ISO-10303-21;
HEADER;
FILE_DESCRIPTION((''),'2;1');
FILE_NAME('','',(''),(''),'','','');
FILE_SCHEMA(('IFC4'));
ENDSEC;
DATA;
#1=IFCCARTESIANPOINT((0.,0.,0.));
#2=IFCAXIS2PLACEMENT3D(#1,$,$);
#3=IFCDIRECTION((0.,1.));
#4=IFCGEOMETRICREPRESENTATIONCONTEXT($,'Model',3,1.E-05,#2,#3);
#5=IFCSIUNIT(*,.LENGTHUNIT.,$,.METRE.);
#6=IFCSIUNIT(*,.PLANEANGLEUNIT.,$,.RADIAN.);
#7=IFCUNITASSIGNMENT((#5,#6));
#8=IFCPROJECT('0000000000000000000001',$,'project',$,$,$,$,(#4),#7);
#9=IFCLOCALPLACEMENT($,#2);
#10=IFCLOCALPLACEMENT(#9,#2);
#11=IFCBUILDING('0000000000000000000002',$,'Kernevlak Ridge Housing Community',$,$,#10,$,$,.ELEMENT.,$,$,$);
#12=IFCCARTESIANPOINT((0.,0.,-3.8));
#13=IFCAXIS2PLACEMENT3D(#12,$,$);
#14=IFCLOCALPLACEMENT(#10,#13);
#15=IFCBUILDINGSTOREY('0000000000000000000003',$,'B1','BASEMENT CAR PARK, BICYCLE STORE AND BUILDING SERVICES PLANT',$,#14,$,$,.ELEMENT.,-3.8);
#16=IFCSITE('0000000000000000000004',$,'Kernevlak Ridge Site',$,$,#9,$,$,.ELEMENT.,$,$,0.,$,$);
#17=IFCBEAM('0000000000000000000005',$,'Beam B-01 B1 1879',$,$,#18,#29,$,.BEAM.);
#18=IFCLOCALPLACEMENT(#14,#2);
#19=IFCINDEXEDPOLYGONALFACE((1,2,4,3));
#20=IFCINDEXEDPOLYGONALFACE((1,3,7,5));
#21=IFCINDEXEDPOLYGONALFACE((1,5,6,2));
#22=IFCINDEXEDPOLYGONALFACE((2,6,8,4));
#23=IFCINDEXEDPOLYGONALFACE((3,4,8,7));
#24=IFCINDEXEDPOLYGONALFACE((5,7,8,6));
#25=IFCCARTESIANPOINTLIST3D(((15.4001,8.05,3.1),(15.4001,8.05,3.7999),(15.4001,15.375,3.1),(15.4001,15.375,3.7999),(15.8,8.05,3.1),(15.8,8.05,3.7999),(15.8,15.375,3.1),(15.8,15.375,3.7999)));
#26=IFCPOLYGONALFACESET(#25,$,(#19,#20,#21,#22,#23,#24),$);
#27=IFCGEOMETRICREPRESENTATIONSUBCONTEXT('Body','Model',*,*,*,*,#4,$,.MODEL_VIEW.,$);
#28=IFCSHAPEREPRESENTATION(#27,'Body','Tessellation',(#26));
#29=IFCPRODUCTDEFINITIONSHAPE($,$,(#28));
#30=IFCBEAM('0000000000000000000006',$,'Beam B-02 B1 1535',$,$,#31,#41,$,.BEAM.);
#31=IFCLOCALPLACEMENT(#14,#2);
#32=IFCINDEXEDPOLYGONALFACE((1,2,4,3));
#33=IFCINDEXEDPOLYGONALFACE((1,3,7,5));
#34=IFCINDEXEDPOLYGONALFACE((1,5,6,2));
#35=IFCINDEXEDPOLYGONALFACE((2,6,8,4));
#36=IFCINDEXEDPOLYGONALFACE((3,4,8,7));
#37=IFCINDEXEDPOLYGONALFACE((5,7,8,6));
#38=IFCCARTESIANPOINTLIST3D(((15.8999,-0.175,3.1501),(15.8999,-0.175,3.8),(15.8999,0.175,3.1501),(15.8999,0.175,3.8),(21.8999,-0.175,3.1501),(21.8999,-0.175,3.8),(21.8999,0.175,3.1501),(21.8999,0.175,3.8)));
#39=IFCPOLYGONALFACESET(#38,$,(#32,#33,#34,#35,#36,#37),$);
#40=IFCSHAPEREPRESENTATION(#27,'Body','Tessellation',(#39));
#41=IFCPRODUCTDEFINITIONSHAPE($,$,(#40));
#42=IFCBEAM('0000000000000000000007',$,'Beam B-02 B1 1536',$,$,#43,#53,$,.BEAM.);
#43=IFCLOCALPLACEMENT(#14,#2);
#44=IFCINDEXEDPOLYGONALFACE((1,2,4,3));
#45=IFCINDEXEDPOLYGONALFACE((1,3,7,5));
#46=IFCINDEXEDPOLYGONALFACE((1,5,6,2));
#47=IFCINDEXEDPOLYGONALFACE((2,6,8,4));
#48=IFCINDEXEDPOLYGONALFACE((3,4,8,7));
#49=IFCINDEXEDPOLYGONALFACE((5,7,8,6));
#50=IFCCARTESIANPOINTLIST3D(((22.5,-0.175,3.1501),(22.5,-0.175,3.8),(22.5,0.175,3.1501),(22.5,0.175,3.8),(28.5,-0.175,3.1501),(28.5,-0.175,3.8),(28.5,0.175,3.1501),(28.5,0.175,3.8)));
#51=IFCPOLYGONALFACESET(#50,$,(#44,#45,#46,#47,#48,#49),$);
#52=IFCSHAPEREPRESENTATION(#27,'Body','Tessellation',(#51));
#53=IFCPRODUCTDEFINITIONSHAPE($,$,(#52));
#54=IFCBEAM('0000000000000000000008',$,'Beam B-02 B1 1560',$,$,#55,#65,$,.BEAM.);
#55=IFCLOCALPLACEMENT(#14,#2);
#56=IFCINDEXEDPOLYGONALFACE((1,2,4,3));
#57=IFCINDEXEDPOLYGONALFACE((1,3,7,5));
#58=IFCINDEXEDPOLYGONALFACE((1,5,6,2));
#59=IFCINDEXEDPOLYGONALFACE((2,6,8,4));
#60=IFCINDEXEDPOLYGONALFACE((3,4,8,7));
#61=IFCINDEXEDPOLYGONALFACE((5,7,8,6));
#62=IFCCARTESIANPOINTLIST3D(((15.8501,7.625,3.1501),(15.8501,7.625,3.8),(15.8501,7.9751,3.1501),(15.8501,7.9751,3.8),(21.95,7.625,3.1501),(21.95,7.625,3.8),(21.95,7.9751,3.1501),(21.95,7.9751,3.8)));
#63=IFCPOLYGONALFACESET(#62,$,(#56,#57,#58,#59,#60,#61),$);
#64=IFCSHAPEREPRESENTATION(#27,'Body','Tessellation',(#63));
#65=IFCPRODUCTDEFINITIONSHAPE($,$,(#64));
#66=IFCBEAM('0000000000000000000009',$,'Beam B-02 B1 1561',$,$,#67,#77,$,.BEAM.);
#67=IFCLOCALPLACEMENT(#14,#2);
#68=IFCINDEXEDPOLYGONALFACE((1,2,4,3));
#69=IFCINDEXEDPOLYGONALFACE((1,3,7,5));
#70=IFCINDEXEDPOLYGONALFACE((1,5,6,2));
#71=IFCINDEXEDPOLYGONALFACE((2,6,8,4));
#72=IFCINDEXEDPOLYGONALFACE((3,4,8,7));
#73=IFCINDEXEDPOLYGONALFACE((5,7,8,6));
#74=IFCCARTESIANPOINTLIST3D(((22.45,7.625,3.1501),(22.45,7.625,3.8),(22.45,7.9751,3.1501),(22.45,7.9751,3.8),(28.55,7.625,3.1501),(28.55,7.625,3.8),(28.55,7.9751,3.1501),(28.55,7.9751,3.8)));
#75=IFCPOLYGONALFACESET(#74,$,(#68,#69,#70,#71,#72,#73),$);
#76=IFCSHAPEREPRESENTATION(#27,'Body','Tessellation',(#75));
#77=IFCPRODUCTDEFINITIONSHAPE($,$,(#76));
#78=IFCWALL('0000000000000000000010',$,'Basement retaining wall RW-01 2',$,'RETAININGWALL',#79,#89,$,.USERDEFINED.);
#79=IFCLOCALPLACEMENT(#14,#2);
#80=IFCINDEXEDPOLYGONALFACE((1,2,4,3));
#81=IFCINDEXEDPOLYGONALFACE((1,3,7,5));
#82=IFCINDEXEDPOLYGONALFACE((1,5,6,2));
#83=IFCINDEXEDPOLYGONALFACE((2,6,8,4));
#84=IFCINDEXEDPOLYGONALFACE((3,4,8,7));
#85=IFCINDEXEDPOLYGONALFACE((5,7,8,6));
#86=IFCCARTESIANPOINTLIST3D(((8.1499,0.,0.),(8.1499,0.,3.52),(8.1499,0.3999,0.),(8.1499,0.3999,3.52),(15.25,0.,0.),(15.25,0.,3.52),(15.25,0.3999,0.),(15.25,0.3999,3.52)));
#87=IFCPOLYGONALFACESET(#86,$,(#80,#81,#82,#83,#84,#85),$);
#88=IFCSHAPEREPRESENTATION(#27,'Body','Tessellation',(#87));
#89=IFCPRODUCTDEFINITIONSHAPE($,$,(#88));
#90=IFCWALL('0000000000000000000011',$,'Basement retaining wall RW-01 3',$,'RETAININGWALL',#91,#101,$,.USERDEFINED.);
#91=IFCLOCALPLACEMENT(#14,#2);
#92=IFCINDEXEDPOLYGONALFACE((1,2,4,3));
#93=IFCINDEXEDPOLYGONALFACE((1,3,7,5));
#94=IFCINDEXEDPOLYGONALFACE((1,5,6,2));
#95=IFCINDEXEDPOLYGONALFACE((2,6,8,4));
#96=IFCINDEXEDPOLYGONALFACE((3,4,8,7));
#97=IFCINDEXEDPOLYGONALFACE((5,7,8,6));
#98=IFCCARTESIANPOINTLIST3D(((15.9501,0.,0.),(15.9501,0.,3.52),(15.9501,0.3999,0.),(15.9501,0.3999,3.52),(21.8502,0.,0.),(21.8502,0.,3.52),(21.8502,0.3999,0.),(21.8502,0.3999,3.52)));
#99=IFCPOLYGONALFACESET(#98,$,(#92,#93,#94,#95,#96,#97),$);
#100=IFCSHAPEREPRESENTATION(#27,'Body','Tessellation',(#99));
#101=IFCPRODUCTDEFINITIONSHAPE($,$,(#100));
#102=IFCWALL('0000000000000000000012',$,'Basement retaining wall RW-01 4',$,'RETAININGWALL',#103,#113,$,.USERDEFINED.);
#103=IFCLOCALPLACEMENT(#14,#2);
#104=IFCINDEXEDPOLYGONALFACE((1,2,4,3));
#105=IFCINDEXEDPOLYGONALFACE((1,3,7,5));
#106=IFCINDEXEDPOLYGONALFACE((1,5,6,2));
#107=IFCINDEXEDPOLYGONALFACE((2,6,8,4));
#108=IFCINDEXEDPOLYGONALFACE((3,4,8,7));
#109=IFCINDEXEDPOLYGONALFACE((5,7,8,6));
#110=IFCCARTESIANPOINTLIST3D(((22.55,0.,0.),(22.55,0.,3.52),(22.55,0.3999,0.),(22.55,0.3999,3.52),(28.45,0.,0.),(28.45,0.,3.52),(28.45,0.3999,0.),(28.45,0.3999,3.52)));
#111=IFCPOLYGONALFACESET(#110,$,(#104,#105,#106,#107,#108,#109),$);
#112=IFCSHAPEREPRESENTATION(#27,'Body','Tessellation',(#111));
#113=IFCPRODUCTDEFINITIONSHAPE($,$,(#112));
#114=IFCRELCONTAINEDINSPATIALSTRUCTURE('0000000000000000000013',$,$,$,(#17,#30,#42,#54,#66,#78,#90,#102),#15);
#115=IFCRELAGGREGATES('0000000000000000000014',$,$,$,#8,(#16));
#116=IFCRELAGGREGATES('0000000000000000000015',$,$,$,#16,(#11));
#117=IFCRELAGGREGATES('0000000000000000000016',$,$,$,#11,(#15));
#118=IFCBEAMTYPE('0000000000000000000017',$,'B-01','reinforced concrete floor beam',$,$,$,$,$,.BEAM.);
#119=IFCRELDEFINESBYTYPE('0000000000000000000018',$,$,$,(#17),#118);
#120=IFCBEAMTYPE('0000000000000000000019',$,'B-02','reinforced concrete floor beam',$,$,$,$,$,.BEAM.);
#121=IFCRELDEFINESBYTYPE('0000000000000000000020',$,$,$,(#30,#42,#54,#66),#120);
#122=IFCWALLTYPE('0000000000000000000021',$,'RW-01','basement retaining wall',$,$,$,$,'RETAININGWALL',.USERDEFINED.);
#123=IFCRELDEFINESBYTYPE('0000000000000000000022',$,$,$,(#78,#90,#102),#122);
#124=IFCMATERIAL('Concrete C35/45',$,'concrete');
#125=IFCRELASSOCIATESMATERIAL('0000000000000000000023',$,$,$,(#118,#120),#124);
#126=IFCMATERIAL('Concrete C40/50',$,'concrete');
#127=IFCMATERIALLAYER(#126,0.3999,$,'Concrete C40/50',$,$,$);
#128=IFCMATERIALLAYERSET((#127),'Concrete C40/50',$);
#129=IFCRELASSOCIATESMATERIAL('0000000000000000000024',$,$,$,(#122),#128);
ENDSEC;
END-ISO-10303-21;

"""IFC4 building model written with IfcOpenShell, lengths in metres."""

from ifc_helpers import new_model, si_unit, direction, frame, frame_2d, origin, origin_2d, place, context, subcontext, project, spatial, rectangle, extrude, material, layer, layer_set, material_profile, profile_set, type_object, element, save


model = new_model("IFC4")

# Units and contexts
model_context = context("Model", 3, precision=1e-05, world=origin(), true_north=direction((0.0, 1.0)))
body_context = subcontext(model_context, "Body", "Model", "MODEL_VIEW")
ifc_project = project(units=[si_unit("LENGTHUNIT", "METRE"), si_unit("PLANEANGLEUNIT", "RADIAN")], contexts=[model_context])

# Site, building, storey
site_placement = place(None, origin())
site = spatial("IfcSite", under=ifc_project, at=site_placement, Name="Kernevlak Ridge Site", CompositionType="ELEMENT", RefElevation=0.0)
building_placement = place(site_placement, origin())
building = spatial("IfcBuilding", under=site, at=building_placement, Name="Kernevlak Ridge Housing Community", CompositionType="ELEMENT")
storey_placement = place(building_placement, frame((0.0, 0.0, -3.8)))
storey = spatial("IfcBuildingStorey", under=building, at=storey_placement, Name="B1", Description="BASEMENT CAR PARK, BICYCLE STORE AND BUILDING SERVICES PLANT", CompositionType="ELEMENT", Elevation=-3.8)

# Shared definitions
ifc_material_1 = material(Name="Concrete C35/45", Category="concrete")

# Shared definitions
ifc_material_2 = material(Name="Concrete C40/50", Category="concrete")

# Beams
ifc_material_profile_1 = material_profile(ifc_material_1, rectangle(XDim=0.3999, YDim=0.7, at=origin_2d()), Name="RC 400x700")
ifc_profile_set_1 = profile_set([ifc_material_profile_1], Name="Concrete C35/45")
beam_type_1 = type_object("IfcBeamType", Name="B-01", Description="reinforced concrete floor beam", PredefinedType="BEAM", material=ifc_profile_set_1)
beam_1_placement = place(storey_placement, frame((15.6001, 8.05, 3.45), z_axis=(0.0, 1.0, 0.0), x_axis=(-1.0, 0.0, 0.0)))
element("IfcBeam", 1, at=beam_1_placement, inside=storey, type_object=beam_type_1, Name="Beam B-01 B1 1879", PredefinedType="BEAM", context=body_context, shape_type="SweptSolid", body=[
    extrude(rectangle(XDim=0.3999, YDim=0.7, at=origin_2d()), origin(), (0.0, 0.0, 1.0), 7.325),
])
ifc_material_profile_2 = material_profile(ifc_material_1, rectangle(XDim=0.3501, YDim=0.6499, at=origin_2d()), Name="RC 350x650")
ifc_profile_set_2 = profile_set([ifc_material_profile_2], Name="Concrete C35/45")
beam_type_2 = type_object("IfcBeamType", Name="B-02", Description="reinforced concrete floor beam", PredefinedType="BEAM", material=ifc_profile_set_2)
for number, where, z_axis, x_axis, name in (
    (2, (15.8999, 0.0, 3.4751), (1.0, 0.0, 0.0), (0.0, 1.0, 0.0), "Beam B-02 B1 1535"),
    (3, (22.5, 0.0, 3.4751), (1.0, 0.0, 0.0), (0.0, 1.0, 0.0), "Beam B-02 B1 1536"),
):
    element("IfcBeam", number, at=place(storey_placement, frame(where, z_axis=z_axis, x_axis=x_axis)), inside=storey, type_object=beam_type_2, Name=name, PredefinedType="BEAM", context=body_context, shape_type="SweptSolid", body=[
        extrude(rectangle(XDim=0.3501, YDim=0.6499, at=origin_2d()), origin(), (0.0, 0.0, 1.0), 6.0),
    ])
beam_2_placement = place(storey_placement, frame((15.8501, 7.8, 3.4751), z_axis=(1.0, 0.0, 0.0), x_axis=(0.0, 1.0, 0.0)))
element("IfcBeam", 4, at=beam_2_placement, inside=storey, type_object=beam_type_2, Name="Beam B-02 B1 1560", PredefinedType="BEAM", context=body_context, shape_type="SweptSolid", body=[
    extrude(rectangle(XDim=0.3501, YDim=0.6499, at=origin_2d()), origin(), (0.0, 0.0, 1.0), 6.0999),
])
beam_3_placement = place(storey_placement, frame((22.45, 7.8, 3.4751), z_axis=(1.0, 0.0, 0.0), x_axis=(0.0, 1.0, 0.0)))
element("IfcBeam", 5, at=beam_3_placement, inside=storey, type_object=beam_type_2, Name="Beam B-02 B1 1561", PredefinedType="BEAM", context=body_context, shape_type="SweptSolid", body=[
    extrude(rectangle(XDim=0.3501, YDim=0.6499, at=origin_2d()), origin(), (0.0, 0.0, 1.0), 6.1001),
])

# Walls
ifc_layer = layer(ifc_material_2, 0.3999, Name="Concrete C40/50")
ifc_layer_set = layer_set([ifc_layer], Name="Concrete C40/50")
wall_type = type_object("IfcWallType", Name="RW-01", Description="basement retaining wall", ElementType="RETAININGWALL", PredefinedType="USERDEFINED", material=ifc_layer_set)
wall_1_placement = place(storey_placement, frame((8.1499, 0.2, 0.0), z_axis=(0.0, 0.0, 1.0), x_axis=(1.0, 0.0, 0.0)))
element("IfcWall", 6, at=wall_1_placement, inside=storey, type_object=wall_type, Name="Basement retaining wall RW-01 2", ObjectType="RETAININGWALL", PredefinedType="USERDEFINED", context=body_context, shape_type="SweptSolid", body=[
    extrude(rectangle(XDim=7.1001, YDim=0.3999, at=frame_2d((3.55, 0.0))), origin(), (0.0, 0.0, 1.0), 3.52),
])
wall_2_placement = place(storey_placement, frame((15.95, 0.2, 0.0), z_axis=(0.0, 0.0, 1.0), x_axis=(1.0, 0.0, 0.0)))
element("IfcWall", 7, at=wall_2_placement, inside=storey, type_object=wall_type, Name="Basement retaining wall RW-01 3", ObjectType="RETAININGWALL", PredefinedType="USERDEFINED", context=body_context, shape_type="SweptSolid", body=[
    extrude(rectangle(XDim=5.9001, YDim=0.3999, at=frame_2d((2.9502, 0.0))), origin(), (0.0, 0.0, 1.0), 3.52),
])
wall_3_placement = place(storey_placement, frame((22.55, 0.2, 0.0), z_axis=(0.0, 0.0, 1.0), x_axis=(1.0, 0.0, 0.0)))
element("IfcWall", 8, at=wall_3_placement, inside=storey, type_object=wall_type, Name="Basement retaining wall RW-01 4", ObjectType="RETAININGWALL", PredefinedType="USERDEFINED", context=body_context, shape_type="SweptSolid", body=[
    extrude(rectangle(XDim=5.8999, YDim=0.3999, at=frame_2d((2.95, 0.0))), origin(), (0.0, 0.0, 1.0), 3.52),
])

save(model, "model.ifc")
